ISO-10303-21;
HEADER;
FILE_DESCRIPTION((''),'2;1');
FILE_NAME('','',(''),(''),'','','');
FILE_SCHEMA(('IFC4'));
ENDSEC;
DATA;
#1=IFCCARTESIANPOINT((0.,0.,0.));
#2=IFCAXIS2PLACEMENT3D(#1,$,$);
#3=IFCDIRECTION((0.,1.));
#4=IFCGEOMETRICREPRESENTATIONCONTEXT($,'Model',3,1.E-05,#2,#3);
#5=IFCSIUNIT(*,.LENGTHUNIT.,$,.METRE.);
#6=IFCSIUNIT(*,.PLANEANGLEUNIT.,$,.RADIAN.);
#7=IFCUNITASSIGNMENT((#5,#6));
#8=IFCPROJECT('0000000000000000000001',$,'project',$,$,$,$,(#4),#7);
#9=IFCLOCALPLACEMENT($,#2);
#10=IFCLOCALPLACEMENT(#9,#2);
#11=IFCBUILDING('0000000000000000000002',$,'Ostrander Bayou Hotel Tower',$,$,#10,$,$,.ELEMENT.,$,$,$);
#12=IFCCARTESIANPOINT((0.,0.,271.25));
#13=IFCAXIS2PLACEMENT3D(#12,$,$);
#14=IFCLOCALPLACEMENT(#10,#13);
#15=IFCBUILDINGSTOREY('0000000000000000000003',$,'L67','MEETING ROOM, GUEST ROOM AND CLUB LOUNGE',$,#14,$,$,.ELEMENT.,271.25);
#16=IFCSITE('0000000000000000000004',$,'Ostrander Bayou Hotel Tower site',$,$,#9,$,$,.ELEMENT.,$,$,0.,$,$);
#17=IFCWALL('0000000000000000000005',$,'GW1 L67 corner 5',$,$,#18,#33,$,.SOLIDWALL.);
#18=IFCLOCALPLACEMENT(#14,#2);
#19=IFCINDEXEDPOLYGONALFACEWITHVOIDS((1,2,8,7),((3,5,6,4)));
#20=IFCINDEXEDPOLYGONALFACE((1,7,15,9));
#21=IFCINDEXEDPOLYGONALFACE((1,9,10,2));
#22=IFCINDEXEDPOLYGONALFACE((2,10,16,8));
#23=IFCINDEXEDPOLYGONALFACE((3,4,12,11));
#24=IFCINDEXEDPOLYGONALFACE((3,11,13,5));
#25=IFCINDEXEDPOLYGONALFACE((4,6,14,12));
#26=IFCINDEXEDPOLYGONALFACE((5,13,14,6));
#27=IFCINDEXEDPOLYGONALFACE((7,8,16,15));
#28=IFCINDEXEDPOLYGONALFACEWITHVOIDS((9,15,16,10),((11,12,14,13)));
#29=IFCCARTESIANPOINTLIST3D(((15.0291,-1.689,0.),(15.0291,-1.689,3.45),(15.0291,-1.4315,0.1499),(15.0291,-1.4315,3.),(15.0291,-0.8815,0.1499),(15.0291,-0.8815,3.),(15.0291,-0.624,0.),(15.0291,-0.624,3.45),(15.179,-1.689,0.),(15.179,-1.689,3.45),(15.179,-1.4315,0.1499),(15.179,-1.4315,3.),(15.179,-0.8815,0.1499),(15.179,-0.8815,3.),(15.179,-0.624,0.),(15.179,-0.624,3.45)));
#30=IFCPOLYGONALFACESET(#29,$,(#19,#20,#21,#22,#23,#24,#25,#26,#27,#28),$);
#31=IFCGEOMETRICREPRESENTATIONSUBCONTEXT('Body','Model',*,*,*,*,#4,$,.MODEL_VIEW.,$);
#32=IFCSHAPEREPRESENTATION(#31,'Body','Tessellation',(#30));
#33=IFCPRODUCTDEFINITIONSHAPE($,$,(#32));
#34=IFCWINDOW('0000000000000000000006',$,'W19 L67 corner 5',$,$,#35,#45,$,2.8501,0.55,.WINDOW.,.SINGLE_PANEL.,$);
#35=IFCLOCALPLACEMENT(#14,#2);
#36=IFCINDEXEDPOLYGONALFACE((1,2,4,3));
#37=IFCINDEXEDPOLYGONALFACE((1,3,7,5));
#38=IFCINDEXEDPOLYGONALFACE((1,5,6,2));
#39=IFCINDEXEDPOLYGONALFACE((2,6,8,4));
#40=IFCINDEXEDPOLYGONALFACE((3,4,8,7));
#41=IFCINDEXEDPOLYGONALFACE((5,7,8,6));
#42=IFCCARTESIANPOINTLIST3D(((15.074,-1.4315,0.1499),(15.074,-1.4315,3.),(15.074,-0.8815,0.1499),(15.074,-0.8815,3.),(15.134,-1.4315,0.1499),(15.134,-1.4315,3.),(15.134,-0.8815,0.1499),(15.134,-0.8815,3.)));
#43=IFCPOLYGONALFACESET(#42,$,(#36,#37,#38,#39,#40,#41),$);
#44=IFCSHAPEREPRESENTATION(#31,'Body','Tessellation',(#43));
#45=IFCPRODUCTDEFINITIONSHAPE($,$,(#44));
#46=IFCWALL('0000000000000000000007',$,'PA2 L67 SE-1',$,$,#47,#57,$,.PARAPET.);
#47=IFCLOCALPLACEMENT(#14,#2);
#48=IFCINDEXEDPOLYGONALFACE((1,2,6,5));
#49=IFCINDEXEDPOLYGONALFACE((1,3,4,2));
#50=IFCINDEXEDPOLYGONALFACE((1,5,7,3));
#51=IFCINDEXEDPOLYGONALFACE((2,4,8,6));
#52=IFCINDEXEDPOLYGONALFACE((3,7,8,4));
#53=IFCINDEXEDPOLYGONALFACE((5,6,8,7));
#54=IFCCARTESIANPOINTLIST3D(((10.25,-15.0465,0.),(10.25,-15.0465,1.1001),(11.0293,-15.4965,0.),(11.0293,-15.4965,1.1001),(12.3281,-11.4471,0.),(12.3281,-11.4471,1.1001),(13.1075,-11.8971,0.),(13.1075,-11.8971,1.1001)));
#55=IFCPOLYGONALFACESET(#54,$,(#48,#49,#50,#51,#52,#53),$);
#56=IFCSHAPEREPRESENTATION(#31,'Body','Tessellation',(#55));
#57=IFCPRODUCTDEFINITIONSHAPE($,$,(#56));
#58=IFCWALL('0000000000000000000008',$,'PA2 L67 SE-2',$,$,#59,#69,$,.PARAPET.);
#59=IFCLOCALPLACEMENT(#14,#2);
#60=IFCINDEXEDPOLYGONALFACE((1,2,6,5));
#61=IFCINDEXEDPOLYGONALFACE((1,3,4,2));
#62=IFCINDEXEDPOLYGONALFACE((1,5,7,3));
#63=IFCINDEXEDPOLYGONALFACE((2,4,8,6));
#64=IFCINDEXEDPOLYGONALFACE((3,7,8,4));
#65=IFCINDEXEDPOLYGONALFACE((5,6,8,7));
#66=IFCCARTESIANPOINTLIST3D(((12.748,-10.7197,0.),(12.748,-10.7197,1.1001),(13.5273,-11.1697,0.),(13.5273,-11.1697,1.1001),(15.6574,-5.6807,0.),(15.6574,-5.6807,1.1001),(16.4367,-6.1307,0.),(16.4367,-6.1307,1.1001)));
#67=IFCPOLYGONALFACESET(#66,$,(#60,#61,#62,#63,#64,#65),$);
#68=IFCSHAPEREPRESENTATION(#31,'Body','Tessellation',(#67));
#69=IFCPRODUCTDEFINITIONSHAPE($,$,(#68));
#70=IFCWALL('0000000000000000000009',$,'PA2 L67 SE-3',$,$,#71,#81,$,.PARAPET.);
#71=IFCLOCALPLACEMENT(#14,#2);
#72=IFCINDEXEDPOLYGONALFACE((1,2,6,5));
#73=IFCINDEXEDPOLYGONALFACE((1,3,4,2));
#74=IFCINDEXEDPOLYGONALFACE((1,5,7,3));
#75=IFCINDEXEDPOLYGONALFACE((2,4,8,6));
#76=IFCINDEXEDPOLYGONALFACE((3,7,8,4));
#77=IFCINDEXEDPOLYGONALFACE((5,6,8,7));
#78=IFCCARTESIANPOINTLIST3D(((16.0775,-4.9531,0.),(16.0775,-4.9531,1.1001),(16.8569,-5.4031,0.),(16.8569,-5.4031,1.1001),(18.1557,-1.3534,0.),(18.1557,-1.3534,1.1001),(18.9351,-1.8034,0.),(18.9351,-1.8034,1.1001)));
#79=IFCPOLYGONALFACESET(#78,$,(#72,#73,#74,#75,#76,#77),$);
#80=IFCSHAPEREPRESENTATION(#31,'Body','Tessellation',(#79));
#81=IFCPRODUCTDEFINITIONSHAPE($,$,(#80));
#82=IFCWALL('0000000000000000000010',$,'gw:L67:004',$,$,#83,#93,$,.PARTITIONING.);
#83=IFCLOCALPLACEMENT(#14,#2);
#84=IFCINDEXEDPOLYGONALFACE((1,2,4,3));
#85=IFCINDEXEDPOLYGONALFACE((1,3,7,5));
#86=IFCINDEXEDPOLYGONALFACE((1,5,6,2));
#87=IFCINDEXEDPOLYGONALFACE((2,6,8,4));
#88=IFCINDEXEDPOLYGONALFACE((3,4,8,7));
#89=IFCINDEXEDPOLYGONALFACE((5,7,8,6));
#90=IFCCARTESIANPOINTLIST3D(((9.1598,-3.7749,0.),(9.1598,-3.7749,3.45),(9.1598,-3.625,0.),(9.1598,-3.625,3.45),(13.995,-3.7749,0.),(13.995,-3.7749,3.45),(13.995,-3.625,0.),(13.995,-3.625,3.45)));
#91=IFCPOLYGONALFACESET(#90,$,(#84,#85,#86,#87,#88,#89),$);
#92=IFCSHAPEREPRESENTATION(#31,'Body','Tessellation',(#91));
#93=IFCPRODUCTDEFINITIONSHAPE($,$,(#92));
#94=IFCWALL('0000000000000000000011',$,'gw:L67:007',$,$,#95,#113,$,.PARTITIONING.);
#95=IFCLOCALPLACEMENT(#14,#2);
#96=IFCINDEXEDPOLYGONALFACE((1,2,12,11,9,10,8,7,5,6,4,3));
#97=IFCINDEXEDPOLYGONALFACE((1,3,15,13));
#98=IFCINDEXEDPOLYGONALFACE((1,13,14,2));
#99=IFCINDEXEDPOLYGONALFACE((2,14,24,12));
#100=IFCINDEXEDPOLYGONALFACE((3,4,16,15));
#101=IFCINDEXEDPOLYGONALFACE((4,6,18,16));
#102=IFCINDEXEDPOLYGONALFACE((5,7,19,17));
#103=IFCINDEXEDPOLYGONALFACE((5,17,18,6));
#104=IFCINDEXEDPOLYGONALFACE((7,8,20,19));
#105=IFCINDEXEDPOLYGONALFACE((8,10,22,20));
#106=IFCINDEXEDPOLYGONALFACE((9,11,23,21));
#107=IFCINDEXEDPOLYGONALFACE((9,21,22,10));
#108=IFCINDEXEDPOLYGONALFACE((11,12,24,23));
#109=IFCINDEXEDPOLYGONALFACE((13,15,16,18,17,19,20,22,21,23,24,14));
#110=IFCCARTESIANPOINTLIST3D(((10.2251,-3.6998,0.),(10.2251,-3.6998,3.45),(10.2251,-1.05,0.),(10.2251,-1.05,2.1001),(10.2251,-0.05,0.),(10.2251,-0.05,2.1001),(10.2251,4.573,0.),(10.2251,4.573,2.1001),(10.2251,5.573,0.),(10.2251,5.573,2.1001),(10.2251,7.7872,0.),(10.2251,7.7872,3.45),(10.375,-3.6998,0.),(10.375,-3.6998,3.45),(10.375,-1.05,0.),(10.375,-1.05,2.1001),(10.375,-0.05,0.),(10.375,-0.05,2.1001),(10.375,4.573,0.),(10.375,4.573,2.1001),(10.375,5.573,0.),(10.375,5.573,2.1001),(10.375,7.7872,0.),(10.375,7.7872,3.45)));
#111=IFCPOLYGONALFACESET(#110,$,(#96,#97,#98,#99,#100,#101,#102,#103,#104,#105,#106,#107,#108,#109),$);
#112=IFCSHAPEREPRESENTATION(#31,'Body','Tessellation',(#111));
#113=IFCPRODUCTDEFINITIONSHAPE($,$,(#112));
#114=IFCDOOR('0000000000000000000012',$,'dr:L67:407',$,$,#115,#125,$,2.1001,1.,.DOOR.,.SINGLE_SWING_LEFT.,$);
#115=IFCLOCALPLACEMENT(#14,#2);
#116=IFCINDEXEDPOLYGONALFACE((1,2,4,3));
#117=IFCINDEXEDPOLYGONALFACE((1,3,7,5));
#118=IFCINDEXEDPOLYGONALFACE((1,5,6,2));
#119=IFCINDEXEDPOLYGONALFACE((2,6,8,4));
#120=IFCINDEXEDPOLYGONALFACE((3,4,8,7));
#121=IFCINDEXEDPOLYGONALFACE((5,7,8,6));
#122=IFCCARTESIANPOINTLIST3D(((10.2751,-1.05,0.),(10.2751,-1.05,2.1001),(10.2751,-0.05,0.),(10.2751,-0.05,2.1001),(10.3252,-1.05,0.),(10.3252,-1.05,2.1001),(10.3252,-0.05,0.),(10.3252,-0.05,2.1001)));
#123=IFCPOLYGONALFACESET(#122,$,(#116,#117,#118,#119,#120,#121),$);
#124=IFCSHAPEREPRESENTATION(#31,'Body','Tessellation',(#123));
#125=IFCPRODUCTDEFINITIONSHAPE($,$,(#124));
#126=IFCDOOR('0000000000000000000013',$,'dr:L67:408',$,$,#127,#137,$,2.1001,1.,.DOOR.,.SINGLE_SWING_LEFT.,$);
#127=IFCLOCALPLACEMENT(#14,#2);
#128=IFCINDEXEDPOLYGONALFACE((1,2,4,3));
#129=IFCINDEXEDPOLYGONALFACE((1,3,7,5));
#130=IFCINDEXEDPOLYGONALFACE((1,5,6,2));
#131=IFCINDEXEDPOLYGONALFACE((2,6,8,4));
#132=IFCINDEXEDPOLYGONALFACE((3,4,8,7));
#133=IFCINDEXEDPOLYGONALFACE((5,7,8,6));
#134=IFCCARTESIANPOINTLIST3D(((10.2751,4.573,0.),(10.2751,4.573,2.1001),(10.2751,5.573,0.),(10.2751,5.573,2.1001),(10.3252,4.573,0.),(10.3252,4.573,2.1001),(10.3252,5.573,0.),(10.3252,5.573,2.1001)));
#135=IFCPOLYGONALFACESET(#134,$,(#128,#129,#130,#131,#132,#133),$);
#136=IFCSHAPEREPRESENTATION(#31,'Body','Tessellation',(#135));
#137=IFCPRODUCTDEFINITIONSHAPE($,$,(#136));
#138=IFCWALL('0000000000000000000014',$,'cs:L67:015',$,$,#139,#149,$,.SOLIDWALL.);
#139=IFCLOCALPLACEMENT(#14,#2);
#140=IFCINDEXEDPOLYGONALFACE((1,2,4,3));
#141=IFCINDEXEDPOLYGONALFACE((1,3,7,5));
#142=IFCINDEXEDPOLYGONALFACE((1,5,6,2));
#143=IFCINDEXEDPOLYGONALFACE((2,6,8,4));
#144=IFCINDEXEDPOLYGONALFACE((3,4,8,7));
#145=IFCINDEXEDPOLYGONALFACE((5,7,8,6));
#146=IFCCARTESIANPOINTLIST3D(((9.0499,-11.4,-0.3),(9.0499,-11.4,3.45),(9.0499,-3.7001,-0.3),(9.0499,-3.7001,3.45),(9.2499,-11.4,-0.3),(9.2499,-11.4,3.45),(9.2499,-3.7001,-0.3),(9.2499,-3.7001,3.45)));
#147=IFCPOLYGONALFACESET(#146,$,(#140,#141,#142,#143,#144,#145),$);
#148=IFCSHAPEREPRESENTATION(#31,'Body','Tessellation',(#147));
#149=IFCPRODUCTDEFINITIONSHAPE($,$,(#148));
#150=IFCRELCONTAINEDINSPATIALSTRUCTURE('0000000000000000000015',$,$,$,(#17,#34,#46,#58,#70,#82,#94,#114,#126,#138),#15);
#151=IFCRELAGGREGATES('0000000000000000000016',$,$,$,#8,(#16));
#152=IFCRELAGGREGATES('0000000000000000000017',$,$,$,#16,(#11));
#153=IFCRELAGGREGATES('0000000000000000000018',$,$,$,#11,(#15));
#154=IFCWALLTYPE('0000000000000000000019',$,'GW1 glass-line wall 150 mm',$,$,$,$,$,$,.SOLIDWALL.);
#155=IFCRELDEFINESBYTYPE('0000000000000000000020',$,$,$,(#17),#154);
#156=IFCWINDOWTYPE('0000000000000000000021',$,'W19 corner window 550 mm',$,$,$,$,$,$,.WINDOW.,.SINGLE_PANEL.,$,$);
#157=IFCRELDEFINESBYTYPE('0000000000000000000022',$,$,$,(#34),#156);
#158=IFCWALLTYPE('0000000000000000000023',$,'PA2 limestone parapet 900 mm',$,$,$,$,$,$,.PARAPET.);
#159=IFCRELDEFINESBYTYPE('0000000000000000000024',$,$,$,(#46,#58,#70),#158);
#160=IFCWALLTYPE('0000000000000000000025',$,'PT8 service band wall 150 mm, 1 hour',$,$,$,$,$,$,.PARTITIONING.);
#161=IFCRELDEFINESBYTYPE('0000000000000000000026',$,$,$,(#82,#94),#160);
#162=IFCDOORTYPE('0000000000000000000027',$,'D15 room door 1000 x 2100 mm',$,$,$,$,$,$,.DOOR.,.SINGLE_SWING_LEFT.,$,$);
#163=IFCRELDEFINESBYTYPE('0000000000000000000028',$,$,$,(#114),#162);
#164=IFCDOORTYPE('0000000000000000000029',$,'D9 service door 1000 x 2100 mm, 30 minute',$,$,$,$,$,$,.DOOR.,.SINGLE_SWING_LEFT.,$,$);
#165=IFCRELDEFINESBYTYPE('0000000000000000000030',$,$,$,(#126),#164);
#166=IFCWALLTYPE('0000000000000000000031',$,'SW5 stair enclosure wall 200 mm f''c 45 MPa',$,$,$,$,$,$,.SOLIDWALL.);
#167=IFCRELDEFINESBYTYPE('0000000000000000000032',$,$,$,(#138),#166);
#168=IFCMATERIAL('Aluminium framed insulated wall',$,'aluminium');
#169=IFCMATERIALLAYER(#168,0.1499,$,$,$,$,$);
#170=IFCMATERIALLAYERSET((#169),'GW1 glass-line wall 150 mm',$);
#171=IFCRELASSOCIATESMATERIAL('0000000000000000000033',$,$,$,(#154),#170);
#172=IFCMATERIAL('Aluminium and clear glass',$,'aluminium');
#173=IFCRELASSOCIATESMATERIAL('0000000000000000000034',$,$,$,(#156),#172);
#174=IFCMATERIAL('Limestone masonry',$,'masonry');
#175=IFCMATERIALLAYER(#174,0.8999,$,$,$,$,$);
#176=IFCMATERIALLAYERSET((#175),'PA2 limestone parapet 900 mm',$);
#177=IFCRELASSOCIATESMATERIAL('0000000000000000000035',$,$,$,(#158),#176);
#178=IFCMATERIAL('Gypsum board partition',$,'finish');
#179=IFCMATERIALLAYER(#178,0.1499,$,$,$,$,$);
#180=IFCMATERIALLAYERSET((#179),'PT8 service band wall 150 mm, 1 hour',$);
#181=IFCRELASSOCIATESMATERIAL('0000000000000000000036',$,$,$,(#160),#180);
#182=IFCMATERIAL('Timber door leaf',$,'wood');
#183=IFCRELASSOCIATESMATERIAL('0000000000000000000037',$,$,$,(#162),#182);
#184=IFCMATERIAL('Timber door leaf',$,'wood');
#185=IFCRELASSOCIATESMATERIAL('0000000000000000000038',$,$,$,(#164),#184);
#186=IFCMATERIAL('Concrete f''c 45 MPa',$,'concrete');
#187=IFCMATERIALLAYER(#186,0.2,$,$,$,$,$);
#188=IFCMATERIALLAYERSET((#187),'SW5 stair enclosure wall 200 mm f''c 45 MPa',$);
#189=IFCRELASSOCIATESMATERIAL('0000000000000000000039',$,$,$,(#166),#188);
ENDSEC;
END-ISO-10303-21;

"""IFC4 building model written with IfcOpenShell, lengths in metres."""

from ifc_helpers import new_model, si_unit, direction, frame, frame_2d, origin, place, context, subcontext, project, spatial, rectangle, extrude, material, layer, layer_set, type_object, element, fill, save


model = new_model("IFC4")

# Units and contexts
model_context = context("Model", 3, precision=1e-05, world=origin(), true_north=direction((0.0, 1.0)))
body_context = subcontext(model_context, "Body", "Model", "MODEL_VIEW")
ifc_project = project(units=[si_unit("LENGTHUNIT", "METRE"), si_unit("PLANEANGLEUNIT", "RADIAN")], contexts=[model_context])

# Site, building, storey
site_placement = place(None, origin())
site = spatial("IfcSite", under=ifc_project, at=site_placement, Name="Ostrander Bayou Hotel Tower site", CompositionType="ELEMENT", RefElevation=0.0)
building_placement = place(site_placement, origin())
building = spatial("IfcBuilding", under=site, at=building_placement, Name="Ostrander Bayou Hotel Tower", CompositionType="ELEMENT")
storey_placement = place(building_placement, frame((0.0, 0.0, 271.25)))
storey = spatial("IfcBuildingStorey", under=building, at=storey_placement, Name="L67", Description="MEETING ROOM, GUEST ROOM AND CLUB LOUNGE", CompositionType="ELEMENT", Elevation=271.25)

# Shared definitions
ifc_material_1 = material(Name="Aluminium framed insulated wall", Category="aluminium")
ifc_layer_1 = layer(ifc_material_1, 0.1499)
ifc_layer_set_1 = layer_set([ifc_layer_1], Name="GW1 glass-line wall 150 mm")
wall_type_1 = type_object("IfcWallType", Name="GW1 glass-line wall 150 mm", PredefinedType="SOLIDWALL", material=ifc_layer_set_1)

# Wall, opening, window
wall_1_placement = place(storey_placement, frame((15.104, -1.689, 0.0), z_axis=(0.0, 0.0, 1.0), x_axis=(0.0, 1.0, 0.0)))
wall_1 = element("IfcWall", 1, at=wall_1_placement, inside=storey, type_object=wall_type_1, Name="GW1 L67 corner 5", PredefinedType="SOLIDWALL", context=body_context, shape_type="SweptSolid", body=[
    extrude(rectangle(XDim=1.0649, YDim=0.1499, at=frame_2d((0.5325, 0.0))), origin(), (0.0, 0.0, 1.0), 3.45),
])
opening_1_placement = place(wall_1_placement, frame((0.2576, 0.0, 0.1499)))
opening_1 = element("IfcOpeningElement", 2, at=opening_1_placement, cuts=wall_1, PredefinedType="OPENING", context=body_context, shape_type="SweptSolid", body=[
    extrude(rectangle(XDim=0.55, YDim=2.8501, at=frame_2d((0.2749, 1.425))), frame((0.0, 0.075, 0.0), z_axis=(0.0, -1.0, 0.0), x_axis=(1.0, 0.0, 0.0)), (0.0, 0.0, 1.0), 0.1499),
])
ifc_material_2 = material(Name="Aluminium and clear glass", Category="aluminium")
window_type_1 = type_object("IfcWindowType", Name="W19 corner window 550 mm", PartitioningType="SINGLE_PANEL", PredefinedType="WINDOW", material=ifc_material_2)
window_1_placement = place(opening_1_placement, origin())
window_1 = element("IfcWindow", 3, at=window_1_placement, inside=storey, type_object=window_type_1, Name="W19 L67 corner 5", OverallHeight=2.8501, OverallWidth=0.55, PartitioningType="SINGLE_PANEL", PredefinedType="WINDOW", context=body_context, shape_type="SweptSolid", body=[
    extrude(rectangle(XDim=0.55, YDim=2.8501, at=frame_2d((0.2749, 1.425))), frame((0.0, 0.03, 0.0), z_axis=(0.0, -1.0, 0.0), x_axis=(1.0, 0.0, 0.0)), (0.0, 0.0, 1.0), 0.0601),
])
fill(opening_1, window_1)

# Walls
ifc_material_3 = material(Name="Limestone masonry", Category="masonry")
ifc_layer_2 = layer(ifc_material_3, 0.8999)
ifc_layer_set_2 = layer_set([ifc_layer_2], Name="PA2 limestone parapet 900 mm")
wall_type_2 = type_object("IfcWallType", Name="PA2 limestone parapet 900 mm", PredefinedType="PARAPET", material=ifc_layer_set_2)
wall_2_placement = place(storey_placement, frame((10.6396, -15.2715, 0.0), z_axis=(0.0, 0.0, 1.0), x_axis=(0.500006, 0.866022, 0.0)))
element("IfcWall", 4, at=wall_2_placement, inside=storey, type_object=wall_type_2, Name="PA2 L67 SE-1", PredefinedType="PARAPET", context=body_context, shape_type="SweptSolid", body=[
    extrude(rectangle(XDim=4.1562, YDim=0.8999, at=frame_2d((2.0781, 0.0))), origin(), (0.0, 0.0, 1.0), 1.1001),
])
wall_3_placement = place(storey_placement, frame((13.1377, -10.9446, 0.0), z_axis=(0.0, 0.0, 1.0), x_axis=(0.500015, 0.866016, 0.0)))
element("IfcWall", 5, at=wall_3_placement, inside=storey, type_object=wall_type_2, Name="PA2 L67 SE-2", PredefinedType="PARAPET", context=body_context, shape_type="SweptSolid", body=[
    extrude(rectangle(XDim=5.8186, YDim=0.8999, at=frame_2d((2.9092, 0.0))), origin(), (0.0, 0.0, 1.0), 1.1001),
])
wall_4_placement = place(storey_placement, frame((16.4673, -5.178, 0.0), z_axis=(0.0, 0.0, 1.0), x_axis=(0.49998, 0.866037, 0.0)))
element("IfcWall", 6, at=wall_4_placement, inside=storey, type_object=wall_type_2, Name="PA2 L67 SE-3", PredefinedType="PARAPET", context=body_context, shape_type="SweptSolid", body=[
    extrude(rectangle(XDim=4.1565, YDim=0.8999, at=frame_2d((2.0781, 0.0))), origin(), (0.0, 0.0, 1.0), 1.1001),
])
ifc_material_4 = material(Name="Gypsum board partition", Category="finish")
ifc_layer_3 = layer(ifc_material_4, 0.1499)
ifc_layer_set_3 = layer_set([ifc_layer_3], Name="PT8 service band wall 150 mm, 1 hour")
wall_type_3 = type_object("IfcWallType", Name="PT8 service band wall 150 mm, 1 hour", PredefinedType="PARTITIONING", material=ifc_layer_set_3)
wall_5_placement = place(storey_placement, frame((9.1599, -3.7, 0.0), z_axis=(0.0, 0.0, 1.0), x_axis=(1.0, 0.0, 0.0)))
element("IfcWall", 7, at=wall_5_placement, inside=storey, type_object=wall_type_3, Name="gw:L67:004", PredefinedType="PARTITIONING", context=body_context, shape_type="SweptSolid", body=[
    extrude(rectangle(XDim=4.8352, YDim=0.1499, at=frame_2d((2.4175, 0.0))), origin(), (0.0, 0.0, 1.0), 3.45),
])

# Wall, openings, doors
wall_6_placement = place(storey_placement, frame((10.3, -3.7, 0.0), z_axis=(0.0, 0.0, 1.0), x_axis=(0.0, 1.0, 0.0)))
wall_6 = element("IfcWall", 8, at=wall_6_placement, inside=storey, type_object=wall_type_3, Name="gw:L67:007", PredefinedType="PARTITIONING", context=body_context, shape_type="SweptSolid", body=[
    extrude(rectangle(XDim=11.4871, YDim=0.1499, at=frame_2d((5.7437, 0.0))), origin(), (0.0, 0.0, 1.0), 3.45),
])
opening_2_placement = place(wall_6_placement, frame((2.6499, 0.0, 0.0)))
opening_2 = element("IfcOpeningElement", 9, at=opening_2_placement, cuts=wall_6, PredefinedType="OPENING", context=body_context, shape_type="SweptSolid", body=[
    extrude(rectangle(XDim=1.0, YDim=2.1001, at=frame_2d((0.5, 1.05))), frame((0.0, 0.075, 0.0), z_axis=(0.0, -1.0, 0.0), x_axis=(1.0, 0.0, 0.0)), (0.0, 0.0, 1.0), 0.1499),
])
opening_3_placement = place(wall_6_placement, frame((8.2729, 0.0, 0.0)))
opening_3 = element("IfcOpeningElement", 10, at=opening_3_placement, cuts=wall_6, PredefinedType="OPENING", context=body_context, shape_type="SweptSolid", body=[
    extrude(rectangle(XDim=1.0, YDim=2.1001, at=frame_2d((0.5, 1.05))), frame((0.0, 0.075, 0.0), z_axis=(0.0, -1.0, 0.0), x_axis=(1.0, 0.0, 0.0)), (0.0, 0.0, 1.0), 0.1499),
])
ifc_material_5 = material(Name="Timber door leaf", Category="wood")
door_type_1 = type_object("IfcDoorType", Name="D15 room door 1000 x 2100 mm", OperationType="SINGLE_SWING_LEFT", PredefinedType="DOOR", material=ifc_material_5)
door_1_placement = place(opening_2_placement, origin())
door_1 = element("IfcDoor", 11, at=door_1_placement, inside=storey, type_object=door_type_1, Name="dr:L67:407", OperationType="SINGLE_SWING_LEFT", OverallHeight=2.1001, OverallWidth=1.0, PredefinedType="DOOR", context=body_context, shape_type="SweptSolid", body=[
    extrude(rectangle(XDim=1.0, YDim=2.1001, at=frame_2d((0.5, 1.05))), frame((0.0, 0.0249, 0.0), z_axis=(0.0, -1.0, 0.0), x_axis=(1.0, 0.0, 0.0)), (0.0, 0.0, 1.0), 0.05),
])
fill(opening_2, door_1)
ifc_material_6 = material(Name="Timber door leaf", Category="wood")
door_type_2 = type_object("IfcDoorType", Name="D9 service door 1000 x 2100 mm, 30 minute", OperationType="SINGLE_SWING_LEFT", PredefinedType="DOOR", material=ifc_material_6)
door_2_placement = place(opening_3_placement, origin())
door_2 = element("IfcDoor", 12, at=door_2_placement, inside=storey, type_object=door_type_2, Name="dr:L67:408", OperationType="SINGLE_SWING_LEFT", OverallHeight=2.1001, OverallWidth=1.0, PredefinedType="DOOR", context=body_context, shape_type="SweptSolid", body=[
    extrude(rectangle(XDim=1.0, YDim=2.1001, at=frame_2d((0.5, 1.05))), frame((0.0, 0.0249, 0.0), z_axis=(0.0, -1.0, 0.0), x_axis=(1.0, 0.0, 0.0)), (0.0, 0.0, 1.0), 0.05),
])
fill(opening_3, door_2)

# Wall
ifc_material_7 = material(Name="Concrete f'c 45 MPa", Category="concrete")
ifc_layer_4 = layer(ifc_material_7, 0.2)
ifc_layer_set_4 = layer_set([ifc_layer_4], Name="SW5 stair enclosure wall 200 mm f'c 45 MPa")
wall_type_4 = type_object("IfcWallType", Name="SW5 stair enclosure wall 200 mm f'c 45 MPa", PredefinedType="SOLIDWALL", material=ifc_layer_set_4)
wall_7_placement = place(storey_placement, frame((9.1499, -3.7, -0.3), z_axis=(0.0, 0.0, 1.0), x_axis=(0.0, -1.0, 0.0)))
element("IfcWall", 13, at=wall_7_placement, inside=storey, type_object=wall_type_4, Name="cs:L67:015", PredefinedType="SOLIDWALL", context=body_context, shape_type="SweptSolid", body=[
    extrude(rectangle(XDim=7.7, YDim=0.2, at=frame_2d((3.8501, 0.0))), origin(), (0.0, 0.0, 1.0), 3.75),
])

save(model, "model.ifc")
